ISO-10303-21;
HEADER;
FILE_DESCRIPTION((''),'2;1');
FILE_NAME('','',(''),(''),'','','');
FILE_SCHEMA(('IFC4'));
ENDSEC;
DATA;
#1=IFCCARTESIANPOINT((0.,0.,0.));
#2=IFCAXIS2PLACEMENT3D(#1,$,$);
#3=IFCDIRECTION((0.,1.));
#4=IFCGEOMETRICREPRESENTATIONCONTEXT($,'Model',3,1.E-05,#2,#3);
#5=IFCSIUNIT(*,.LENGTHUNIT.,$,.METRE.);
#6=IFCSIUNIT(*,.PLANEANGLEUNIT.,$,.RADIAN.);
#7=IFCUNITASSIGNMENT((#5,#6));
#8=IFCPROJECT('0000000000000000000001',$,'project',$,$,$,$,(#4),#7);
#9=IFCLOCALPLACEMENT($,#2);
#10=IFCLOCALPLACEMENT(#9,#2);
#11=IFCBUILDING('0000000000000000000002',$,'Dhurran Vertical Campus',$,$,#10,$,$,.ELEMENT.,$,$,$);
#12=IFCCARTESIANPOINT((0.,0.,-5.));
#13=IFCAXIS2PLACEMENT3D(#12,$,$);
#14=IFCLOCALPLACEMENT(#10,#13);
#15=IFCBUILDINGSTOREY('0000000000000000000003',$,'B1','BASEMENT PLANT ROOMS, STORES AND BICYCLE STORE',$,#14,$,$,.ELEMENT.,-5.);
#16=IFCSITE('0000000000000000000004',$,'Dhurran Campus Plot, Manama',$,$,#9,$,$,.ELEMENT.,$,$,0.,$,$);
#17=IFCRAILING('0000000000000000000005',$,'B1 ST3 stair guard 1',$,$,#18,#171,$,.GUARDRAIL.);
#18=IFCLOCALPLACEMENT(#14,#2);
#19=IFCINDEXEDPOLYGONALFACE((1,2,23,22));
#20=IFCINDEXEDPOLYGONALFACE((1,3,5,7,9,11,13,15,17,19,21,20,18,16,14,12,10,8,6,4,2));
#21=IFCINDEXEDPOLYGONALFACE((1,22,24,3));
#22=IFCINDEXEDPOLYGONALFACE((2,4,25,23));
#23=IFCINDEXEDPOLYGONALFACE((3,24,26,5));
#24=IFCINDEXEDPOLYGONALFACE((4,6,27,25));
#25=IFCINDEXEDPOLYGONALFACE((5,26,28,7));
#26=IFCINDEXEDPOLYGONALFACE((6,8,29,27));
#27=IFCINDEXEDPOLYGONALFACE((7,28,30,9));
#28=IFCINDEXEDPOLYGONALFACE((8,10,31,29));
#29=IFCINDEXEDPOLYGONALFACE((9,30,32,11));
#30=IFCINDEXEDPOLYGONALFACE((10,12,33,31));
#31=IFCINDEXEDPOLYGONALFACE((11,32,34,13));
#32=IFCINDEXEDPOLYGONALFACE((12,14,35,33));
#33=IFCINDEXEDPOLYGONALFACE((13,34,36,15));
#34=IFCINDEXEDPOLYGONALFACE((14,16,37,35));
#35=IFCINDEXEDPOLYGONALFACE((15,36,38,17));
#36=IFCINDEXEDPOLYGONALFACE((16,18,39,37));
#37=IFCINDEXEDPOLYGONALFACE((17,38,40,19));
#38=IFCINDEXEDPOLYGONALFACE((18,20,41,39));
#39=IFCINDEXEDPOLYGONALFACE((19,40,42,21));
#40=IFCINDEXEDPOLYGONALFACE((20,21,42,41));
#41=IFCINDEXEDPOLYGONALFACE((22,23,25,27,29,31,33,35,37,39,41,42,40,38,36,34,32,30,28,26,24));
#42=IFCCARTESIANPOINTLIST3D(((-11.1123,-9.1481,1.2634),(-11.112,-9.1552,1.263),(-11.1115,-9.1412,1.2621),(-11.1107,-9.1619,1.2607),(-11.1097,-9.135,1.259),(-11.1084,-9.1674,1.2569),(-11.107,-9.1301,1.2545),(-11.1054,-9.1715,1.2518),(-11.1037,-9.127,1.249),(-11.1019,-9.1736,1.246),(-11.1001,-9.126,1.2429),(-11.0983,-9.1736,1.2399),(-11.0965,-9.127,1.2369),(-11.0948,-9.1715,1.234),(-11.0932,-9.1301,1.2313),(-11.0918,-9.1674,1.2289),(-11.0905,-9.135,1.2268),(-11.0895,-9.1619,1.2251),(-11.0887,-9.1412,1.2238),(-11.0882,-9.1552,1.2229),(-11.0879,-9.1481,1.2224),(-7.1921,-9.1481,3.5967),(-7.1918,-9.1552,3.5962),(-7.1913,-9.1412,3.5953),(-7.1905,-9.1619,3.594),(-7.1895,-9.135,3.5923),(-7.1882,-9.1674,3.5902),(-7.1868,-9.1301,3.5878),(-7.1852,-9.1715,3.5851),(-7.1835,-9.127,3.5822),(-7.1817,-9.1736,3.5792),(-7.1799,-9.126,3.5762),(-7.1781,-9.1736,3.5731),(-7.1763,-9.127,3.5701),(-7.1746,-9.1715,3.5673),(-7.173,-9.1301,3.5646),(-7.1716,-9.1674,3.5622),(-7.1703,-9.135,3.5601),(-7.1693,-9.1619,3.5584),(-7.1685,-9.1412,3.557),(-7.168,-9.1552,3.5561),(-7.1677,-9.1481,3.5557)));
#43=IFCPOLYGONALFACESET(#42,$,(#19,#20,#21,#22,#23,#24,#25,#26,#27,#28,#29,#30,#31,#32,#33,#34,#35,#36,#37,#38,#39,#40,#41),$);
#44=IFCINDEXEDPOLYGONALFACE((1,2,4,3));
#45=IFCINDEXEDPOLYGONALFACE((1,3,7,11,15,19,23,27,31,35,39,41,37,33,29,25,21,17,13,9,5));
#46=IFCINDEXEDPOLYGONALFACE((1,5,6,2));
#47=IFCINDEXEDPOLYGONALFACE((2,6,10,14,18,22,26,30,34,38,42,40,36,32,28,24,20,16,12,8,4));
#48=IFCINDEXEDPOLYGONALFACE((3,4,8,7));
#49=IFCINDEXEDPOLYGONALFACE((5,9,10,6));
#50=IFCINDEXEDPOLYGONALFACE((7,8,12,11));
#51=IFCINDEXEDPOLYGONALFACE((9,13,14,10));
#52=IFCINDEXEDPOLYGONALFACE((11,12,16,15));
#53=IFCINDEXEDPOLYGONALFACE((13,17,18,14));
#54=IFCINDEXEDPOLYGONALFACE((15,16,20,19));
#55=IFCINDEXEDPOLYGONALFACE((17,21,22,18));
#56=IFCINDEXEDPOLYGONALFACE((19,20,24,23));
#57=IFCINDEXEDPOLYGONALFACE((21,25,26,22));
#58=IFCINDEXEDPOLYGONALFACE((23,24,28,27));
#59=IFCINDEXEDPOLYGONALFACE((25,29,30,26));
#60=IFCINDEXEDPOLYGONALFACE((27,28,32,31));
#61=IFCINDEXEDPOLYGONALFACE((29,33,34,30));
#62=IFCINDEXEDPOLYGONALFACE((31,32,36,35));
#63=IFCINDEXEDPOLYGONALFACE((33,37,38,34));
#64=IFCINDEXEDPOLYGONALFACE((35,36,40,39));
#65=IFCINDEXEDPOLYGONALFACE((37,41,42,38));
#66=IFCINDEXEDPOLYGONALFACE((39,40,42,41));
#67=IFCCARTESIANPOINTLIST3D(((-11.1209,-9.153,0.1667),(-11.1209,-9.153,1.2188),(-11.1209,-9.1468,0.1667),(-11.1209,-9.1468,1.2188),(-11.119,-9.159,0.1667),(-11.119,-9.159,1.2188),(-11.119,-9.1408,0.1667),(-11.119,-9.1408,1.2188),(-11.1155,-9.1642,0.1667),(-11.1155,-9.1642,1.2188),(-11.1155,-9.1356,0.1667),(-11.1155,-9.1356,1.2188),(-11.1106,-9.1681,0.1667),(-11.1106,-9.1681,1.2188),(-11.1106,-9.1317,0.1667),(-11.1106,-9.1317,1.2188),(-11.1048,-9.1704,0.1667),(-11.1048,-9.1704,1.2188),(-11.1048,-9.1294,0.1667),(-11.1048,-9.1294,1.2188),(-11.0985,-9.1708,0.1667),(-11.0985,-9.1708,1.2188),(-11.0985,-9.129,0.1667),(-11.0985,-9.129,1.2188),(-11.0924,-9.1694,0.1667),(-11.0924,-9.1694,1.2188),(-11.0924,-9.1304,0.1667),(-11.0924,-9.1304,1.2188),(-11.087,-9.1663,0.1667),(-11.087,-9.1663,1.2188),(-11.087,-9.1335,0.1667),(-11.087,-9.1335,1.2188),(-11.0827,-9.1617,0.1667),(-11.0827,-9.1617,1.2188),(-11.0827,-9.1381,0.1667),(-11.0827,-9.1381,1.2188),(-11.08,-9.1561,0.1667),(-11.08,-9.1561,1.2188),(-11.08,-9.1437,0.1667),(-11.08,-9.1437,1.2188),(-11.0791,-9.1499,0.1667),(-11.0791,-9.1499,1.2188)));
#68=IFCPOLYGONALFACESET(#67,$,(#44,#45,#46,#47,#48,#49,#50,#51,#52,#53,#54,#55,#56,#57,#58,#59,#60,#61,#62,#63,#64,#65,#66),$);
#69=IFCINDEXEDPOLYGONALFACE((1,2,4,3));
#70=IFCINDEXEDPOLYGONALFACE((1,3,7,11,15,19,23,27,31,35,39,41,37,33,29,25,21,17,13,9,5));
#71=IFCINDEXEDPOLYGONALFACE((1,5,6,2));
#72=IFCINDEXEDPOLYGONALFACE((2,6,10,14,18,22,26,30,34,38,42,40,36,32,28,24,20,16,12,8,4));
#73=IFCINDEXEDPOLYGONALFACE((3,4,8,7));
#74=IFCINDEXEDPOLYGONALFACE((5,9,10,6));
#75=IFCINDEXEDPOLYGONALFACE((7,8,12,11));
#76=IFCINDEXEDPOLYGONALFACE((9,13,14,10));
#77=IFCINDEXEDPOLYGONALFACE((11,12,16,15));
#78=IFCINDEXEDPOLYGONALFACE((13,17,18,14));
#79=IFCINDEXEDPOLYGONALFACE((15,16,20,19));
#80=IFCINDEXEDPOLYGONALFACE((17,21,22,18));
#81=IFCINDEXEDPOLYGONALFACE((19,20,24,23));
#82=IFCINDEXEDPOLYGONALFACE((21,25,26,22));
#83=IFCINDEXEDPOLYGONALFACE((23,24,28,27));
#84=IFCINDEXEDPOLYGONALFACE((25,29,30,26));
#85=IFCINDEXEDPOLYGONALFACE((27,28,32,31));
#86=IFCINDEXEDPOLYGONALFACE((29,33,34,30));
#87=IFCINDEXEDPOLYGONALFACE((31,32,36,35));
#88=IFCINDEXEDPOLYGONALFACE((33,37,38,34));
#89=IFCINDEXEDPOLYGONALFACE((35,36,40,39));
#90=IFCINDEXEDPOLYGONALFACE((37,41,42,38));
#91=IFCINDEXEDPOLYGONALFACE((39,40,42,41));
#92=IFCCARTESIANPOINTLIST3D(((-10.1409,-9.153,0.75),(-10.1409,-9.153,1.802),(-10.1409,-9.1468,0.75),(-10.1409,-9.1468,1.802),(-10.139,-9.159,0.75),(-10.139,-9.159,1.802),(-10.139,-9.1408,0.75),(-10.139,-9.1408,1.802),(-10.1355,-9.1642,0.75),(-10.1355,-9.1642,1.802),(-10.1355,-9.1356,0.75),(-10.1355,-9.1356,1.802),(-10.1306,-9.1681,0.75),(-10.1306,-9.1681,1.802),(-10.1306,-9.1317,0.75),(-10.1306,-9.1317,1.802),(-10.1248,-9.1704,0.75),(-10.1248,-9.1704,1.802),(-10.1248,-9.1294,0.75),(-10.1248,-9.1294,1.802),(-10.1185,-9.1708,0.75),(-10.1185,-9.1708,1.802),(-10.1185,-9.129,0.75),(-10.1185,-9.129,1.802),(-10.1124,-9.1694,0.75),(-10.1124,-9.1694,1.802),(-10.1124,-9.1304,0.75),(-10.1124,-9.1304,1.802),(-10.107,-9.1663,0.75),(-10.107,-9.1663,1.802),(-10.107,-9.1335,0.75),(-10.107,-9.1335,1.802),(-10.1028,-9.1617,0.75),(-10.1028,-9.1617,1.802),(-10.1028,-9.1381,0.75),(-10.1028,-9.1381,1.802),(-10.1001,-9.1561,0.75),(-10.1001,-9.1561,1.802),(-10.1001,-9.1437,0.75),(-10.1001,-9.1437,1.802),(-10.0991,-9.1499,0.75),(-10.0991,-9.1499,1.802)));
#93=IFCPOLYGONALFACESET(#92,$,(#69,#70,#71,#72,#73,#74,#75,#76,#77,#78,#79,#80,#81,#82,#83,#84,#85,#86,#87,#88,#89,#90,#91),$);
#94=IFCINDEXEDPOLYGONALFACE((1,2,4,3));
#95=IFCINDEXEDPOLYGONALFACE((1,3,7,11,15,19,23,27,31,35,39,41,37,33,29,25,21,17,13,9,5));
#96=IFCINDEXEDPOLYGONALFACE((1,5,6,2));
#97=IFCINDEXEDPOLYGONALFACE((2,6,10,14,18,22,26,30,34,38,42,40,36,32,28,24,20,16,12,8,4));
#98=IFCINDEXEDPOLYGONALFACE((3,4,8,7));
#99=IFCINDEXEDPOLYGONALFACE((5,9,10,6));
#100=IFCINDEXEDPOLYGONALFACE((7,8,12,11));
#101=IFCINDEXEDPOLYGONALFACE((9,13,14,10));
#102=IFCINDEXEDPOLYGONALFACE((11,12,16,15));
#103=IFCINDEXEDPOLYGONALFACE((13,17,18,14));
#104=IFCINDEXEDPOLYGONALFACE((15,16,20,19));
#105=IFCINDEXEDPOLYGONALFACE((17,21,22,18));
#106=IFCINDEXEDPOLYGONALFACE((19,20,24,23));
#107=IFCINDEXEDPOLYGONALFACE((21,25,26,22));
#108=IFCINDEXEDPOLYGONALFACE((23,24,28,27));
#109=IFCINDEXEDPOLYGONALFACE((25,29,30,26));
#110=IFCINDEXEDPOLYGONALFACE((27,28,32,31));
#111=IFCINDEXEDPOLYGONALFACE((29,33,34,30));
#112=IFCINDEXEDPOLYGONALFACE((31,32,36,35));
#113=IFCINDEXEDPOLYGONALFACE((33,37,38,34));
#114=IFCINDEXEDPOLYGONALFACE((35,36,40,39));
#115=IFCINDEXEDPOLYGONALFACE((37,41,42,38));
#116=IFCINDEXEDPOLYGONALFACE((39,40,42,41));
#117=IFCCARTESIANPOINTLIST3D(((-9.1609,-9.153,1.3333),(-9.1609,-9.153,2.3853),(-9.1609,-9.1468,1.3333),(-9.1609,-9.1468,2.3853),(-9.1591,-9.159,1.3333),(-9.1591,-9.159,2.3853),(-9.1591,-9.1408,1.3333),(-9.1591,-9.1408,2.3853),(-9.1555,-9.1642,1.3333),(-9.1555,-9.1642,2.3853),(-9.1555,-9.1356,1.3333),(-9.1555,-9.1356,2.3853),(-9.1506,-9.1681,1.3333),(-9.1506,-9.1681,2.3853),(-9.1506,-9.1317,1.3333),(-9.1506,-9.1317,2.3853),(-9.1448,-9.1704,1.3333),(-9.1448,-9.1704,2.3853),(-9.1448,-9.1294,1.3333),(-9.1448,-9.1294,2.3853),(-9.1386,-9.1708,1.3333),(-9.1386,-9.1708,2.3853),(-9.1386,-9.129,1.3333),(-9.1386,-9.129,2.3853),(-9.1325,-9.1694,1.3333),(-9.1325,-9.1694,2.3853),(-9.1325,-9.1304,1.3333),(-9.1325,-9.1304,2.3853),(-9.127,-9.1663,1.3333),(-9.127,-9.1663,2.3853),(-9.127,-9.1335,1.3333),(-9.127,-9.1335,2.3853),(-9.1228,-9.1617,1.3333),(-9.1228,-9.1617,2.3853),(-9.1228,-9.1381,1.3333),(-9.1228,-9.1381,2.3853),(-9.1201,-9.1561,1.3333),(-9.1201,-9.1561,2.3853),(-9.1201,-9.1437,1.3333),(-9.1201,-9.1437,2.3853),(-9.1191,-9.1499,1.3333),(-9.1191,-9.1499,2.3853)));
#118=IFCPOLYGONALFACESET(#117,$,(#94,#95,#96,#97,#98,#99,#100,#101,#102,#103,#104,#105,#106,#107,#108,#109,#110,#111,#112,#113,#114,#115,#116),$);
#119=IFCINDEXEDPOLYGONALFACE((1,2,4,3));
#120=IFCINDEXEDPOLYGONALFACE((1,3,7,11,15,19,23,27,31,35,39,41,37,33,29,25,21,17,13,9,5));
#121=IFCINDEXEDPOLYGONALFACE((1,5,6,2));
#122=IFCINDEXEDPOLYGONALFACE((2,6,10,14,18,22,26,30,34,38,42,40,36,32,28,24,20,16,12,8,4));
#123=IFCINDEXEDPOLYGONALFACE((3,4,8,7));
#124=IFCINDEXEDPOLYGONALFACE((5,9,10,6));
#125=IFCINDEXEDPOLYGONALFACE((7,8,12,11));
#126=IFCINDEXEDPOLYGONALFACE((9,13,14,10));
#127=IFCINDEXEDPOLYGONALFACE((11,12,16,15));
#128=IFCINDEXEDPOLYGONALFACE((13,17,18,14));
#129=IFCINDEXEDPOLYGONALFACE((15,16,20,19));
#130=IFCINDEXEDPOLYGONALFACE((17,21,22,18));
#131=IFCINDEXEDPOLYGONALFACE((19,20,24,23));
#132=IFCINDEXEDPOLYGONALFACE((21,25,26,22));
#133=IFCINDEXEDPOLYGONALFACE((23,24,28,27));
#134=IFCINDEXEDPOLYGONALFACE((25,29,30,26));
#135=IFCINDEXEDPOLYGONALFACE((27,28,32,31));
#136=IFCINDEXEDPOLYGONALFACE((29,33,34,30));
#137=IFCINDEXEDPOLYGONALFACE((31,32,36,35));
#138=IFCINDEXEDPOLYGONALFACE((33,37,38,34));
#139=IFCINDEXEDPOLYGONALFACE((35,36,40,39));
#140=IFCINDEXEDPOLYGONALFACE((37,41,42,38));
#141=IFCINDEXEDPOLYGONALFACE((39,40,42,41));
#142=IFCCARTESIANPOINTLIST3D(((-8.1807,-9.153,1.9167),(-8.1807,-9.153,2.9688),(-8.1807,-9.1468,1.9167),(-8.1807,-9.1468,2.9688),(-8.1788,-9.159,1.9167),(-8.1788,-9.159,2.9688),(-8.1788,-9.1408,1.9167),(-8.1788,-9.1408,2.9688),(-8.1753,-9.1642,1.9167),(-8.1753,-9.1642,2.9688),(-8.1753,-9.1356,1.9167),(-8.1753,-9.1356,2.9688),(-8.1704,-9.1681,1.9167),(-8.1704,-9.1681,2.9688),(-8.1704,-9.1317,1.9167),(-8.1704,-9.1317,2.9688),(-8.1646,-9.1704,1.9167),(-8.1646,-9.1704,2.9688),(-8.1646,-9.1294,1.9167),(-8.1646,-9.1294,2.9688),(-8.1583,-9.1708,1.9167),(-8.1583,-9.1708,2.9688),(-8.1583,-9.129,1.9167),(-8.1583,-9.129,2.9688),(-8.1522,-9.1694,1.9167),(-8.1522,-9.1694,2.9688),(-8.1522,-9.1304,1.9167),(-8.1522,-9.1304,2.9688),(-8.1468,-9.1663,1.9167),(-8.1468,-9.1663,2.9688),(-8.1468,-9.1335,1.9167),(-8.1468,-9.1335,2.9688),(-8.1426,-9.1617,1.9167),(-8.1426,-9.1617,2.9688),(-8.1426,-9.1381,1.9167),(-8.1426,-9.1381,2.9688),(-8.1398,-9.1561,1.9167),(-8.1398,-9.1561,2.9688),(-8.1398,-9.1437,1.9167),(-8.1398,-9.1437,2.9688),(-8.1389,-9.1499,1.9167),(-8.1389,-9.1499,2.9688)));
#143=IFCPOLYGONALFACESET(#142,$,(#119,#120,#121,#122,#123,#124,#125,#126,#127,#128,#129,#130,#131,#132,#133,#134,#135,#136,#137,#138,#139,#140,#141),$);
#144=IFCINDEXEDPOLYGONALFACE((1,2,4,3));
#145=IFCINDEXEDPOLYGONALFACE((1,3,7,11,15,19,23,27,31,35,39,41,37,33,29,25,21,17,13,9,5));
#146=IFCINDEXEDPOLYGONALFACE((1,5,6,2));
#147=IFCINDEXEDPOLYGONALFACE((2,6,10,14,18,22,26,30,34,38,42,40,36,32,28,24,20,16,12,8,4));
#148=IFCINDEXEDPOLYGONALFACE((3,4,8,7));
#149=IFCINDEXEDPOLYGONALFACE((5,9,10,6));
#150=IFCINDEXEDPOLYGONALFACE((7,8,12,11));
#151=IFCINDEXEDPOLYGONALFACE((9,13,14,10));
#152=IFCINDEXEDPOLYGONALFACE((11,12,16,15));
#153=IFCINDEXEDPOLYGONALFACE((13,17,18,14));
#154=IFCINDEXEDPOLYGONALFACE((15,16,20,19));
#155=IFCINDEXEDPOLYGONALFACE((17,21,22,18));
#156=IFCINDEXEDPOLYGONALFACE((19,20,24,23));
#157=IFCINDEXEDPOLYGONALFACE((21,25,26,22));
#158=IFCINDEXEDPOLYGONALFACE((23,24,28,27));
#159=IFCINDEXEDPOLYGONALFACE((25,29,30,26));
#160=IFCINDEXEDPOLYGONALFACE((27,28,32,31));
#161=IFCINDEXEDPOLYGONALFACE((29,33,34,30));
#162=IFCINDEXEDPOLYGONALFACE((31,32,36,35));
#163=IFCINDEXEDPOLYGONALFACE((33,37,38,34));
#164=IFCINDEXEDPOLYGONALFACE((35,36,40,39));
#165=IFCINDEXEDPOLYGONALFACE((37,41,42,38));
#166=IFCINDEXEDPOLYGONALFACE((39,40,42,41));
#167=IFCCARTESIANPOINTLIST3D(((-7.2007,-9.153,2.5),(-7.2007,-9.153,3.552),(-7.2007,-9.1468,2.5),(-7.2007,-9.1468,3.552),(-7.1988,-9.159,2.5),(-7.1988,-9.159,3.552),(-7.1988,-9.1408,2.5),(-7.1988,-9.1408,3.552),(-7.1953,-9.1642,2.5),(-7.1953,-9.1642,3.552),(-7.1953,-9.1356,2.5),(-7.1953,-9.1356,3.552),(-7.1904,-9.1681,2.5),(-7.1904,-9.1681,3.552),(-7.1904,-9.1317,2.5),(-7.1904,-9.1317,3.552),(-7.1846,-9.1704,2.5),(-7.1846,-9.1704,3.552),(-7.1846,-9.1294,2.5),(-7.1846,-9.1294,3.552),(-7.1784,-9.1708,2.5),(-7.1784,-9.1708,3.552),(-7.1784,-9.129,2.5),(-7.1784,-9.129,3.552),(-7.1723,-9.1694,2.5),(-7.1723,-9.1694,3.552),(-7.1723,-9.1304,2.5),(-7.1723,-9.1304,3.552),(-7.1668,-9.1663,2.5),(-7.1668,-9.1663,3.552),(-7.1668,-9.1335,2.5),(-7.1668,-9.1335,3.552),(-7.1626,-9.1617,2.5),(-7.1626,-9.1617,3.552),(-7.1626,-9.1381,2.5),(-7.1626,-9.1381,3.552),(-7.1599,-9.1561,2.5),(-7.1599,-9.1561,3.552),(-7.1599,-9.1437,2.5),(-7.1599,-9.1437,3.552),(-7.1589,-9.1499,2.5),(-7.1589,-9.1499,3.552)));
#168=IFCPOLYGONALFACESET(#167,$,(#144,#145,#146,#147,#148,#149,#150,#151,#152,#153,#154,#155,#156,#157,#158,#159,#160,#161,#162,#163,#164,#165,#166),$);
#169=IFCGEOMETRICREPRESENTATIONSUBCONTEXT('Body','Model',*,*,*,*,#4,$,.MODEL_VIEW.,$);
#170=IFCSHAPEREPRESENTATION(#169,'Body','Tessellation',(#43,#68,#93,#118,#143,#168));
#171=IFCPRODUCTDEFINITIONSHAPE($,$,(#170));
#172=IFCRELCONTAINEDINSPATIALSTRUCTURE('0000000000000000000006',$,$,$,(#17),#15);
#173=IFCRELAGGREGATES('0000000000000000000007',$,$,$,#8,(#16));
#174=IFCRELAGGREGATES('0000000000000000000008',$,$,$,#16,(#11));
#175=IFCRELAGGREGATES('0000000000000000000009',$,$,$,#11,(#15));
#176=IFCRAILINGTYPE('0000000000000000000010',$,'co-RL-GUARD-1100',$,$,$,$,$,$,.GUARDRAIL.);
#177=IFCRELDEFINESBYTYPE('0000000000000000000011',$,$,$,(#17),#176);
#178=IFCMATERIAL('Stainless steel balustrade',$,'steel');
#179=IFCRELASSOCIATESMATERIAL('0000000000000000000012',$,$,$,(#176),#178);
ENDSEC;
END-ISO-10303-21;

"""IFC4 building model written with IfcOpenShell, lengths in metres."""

from ifc_helpers import new_model, si_unit, direction, frame, origin, origin_2d, place, context, subcontext, project, spatial, circle, extrude, material, type_object, element, save


model = new_model("IFC4")

# Units and contexts
model_context = context("Model", 3, precision=1e-05, world=origin(), true_north=direction((0.0, 1.0)))
body_context = subcontext(model_context, "Body", "Model", "MODEL_VIEW")
ifc_project = project(units=[si_unit("LENGTHUNIT", "METRE"), si_unit("PLANEANGLEUNIT", "RADIAN")], contexts=[model_context])

# Site, building, storey
site_placement = place(None, origin())
site = spatial("IfcSite", under=ifc_project, at=site_placement, Name="Dhurran Campus Plot, Manama", CompositionType="ELEMENT", RefElevation=0.0)
building_placement = place(site_placement, origin())
building = spatial("IfcBuilding", under=site, at=building_placement, Name="Dhurran Vertical Campus", CompositionType="ELEMENT")
storey_placement = place(building_placement, frame((0.0, 0.0, -5.0)))
storey = spatial("IfcBuildingStorey", under=building, at=storey_placement, Name="B1", Description="BASEMENT PLANT ROOMS, STORES AND BICYCLE STORE", CompositionType="ELEMENT", Elevation=-5.0)

# Railing
ifc_material_1 = material(Name="Stainless steel balustrade", Category="steel")
railing_type_1 = type_object("IfcRailingType", Name="co-RL-GUARD-1100", PredefinedType="GUARDRAIL", material=ifc_material_1)
railing_1_placement = place(storey_placement, frame((-11.1001, -9.1499, 0.1667)))
element("IfcRailing", 1, at=railing_1_placement, inside=storey, type_object=railing_type_1, Name="B1 ST3 stair guard 1", PredefinedType="GUARDRAIL", context=body_context, shape_type="SweptSolid", body=[
    extrude(circle(Radius=0.0239, at=origin_2d()), frame((0.0, 0.0, 1.0762), z_axis=(0.85931, 0.0, 0.511455), x_axis=(0.0, 1.0, 0.0)), (0.0, 0.0, 1.0), 4.562),
    extrude(circle(Radius=0.021, at=origin_2d()), origin(), (0.0, 0.0, 1.0), 1.052),
    extrude(circle(Radius=0.021, at=origin_2d()), frame((0.98, 0.0, 0.5833)), (0.0, 0.0, 1.0), 1.052),
    extrude(circle(Radius=0.021, at=origin_2d()), frame((1.96, 0.0, 1.1665)), (0.0, 0.0, 1.0), 1.052),
    extrude(circle(Radius=0.021, at=origin_2d()), frame((2.9402, 0.0, 1.75)), (0.0, 0.0, 1.0), 1.052),
    extrude(circle(Radius=0.021, at=origin_2d()), frame((3.9202, 0.0, 2.3333)), (0.0, 0.0, 1.0), 1.052),
])

save(model, "model.ifc")
